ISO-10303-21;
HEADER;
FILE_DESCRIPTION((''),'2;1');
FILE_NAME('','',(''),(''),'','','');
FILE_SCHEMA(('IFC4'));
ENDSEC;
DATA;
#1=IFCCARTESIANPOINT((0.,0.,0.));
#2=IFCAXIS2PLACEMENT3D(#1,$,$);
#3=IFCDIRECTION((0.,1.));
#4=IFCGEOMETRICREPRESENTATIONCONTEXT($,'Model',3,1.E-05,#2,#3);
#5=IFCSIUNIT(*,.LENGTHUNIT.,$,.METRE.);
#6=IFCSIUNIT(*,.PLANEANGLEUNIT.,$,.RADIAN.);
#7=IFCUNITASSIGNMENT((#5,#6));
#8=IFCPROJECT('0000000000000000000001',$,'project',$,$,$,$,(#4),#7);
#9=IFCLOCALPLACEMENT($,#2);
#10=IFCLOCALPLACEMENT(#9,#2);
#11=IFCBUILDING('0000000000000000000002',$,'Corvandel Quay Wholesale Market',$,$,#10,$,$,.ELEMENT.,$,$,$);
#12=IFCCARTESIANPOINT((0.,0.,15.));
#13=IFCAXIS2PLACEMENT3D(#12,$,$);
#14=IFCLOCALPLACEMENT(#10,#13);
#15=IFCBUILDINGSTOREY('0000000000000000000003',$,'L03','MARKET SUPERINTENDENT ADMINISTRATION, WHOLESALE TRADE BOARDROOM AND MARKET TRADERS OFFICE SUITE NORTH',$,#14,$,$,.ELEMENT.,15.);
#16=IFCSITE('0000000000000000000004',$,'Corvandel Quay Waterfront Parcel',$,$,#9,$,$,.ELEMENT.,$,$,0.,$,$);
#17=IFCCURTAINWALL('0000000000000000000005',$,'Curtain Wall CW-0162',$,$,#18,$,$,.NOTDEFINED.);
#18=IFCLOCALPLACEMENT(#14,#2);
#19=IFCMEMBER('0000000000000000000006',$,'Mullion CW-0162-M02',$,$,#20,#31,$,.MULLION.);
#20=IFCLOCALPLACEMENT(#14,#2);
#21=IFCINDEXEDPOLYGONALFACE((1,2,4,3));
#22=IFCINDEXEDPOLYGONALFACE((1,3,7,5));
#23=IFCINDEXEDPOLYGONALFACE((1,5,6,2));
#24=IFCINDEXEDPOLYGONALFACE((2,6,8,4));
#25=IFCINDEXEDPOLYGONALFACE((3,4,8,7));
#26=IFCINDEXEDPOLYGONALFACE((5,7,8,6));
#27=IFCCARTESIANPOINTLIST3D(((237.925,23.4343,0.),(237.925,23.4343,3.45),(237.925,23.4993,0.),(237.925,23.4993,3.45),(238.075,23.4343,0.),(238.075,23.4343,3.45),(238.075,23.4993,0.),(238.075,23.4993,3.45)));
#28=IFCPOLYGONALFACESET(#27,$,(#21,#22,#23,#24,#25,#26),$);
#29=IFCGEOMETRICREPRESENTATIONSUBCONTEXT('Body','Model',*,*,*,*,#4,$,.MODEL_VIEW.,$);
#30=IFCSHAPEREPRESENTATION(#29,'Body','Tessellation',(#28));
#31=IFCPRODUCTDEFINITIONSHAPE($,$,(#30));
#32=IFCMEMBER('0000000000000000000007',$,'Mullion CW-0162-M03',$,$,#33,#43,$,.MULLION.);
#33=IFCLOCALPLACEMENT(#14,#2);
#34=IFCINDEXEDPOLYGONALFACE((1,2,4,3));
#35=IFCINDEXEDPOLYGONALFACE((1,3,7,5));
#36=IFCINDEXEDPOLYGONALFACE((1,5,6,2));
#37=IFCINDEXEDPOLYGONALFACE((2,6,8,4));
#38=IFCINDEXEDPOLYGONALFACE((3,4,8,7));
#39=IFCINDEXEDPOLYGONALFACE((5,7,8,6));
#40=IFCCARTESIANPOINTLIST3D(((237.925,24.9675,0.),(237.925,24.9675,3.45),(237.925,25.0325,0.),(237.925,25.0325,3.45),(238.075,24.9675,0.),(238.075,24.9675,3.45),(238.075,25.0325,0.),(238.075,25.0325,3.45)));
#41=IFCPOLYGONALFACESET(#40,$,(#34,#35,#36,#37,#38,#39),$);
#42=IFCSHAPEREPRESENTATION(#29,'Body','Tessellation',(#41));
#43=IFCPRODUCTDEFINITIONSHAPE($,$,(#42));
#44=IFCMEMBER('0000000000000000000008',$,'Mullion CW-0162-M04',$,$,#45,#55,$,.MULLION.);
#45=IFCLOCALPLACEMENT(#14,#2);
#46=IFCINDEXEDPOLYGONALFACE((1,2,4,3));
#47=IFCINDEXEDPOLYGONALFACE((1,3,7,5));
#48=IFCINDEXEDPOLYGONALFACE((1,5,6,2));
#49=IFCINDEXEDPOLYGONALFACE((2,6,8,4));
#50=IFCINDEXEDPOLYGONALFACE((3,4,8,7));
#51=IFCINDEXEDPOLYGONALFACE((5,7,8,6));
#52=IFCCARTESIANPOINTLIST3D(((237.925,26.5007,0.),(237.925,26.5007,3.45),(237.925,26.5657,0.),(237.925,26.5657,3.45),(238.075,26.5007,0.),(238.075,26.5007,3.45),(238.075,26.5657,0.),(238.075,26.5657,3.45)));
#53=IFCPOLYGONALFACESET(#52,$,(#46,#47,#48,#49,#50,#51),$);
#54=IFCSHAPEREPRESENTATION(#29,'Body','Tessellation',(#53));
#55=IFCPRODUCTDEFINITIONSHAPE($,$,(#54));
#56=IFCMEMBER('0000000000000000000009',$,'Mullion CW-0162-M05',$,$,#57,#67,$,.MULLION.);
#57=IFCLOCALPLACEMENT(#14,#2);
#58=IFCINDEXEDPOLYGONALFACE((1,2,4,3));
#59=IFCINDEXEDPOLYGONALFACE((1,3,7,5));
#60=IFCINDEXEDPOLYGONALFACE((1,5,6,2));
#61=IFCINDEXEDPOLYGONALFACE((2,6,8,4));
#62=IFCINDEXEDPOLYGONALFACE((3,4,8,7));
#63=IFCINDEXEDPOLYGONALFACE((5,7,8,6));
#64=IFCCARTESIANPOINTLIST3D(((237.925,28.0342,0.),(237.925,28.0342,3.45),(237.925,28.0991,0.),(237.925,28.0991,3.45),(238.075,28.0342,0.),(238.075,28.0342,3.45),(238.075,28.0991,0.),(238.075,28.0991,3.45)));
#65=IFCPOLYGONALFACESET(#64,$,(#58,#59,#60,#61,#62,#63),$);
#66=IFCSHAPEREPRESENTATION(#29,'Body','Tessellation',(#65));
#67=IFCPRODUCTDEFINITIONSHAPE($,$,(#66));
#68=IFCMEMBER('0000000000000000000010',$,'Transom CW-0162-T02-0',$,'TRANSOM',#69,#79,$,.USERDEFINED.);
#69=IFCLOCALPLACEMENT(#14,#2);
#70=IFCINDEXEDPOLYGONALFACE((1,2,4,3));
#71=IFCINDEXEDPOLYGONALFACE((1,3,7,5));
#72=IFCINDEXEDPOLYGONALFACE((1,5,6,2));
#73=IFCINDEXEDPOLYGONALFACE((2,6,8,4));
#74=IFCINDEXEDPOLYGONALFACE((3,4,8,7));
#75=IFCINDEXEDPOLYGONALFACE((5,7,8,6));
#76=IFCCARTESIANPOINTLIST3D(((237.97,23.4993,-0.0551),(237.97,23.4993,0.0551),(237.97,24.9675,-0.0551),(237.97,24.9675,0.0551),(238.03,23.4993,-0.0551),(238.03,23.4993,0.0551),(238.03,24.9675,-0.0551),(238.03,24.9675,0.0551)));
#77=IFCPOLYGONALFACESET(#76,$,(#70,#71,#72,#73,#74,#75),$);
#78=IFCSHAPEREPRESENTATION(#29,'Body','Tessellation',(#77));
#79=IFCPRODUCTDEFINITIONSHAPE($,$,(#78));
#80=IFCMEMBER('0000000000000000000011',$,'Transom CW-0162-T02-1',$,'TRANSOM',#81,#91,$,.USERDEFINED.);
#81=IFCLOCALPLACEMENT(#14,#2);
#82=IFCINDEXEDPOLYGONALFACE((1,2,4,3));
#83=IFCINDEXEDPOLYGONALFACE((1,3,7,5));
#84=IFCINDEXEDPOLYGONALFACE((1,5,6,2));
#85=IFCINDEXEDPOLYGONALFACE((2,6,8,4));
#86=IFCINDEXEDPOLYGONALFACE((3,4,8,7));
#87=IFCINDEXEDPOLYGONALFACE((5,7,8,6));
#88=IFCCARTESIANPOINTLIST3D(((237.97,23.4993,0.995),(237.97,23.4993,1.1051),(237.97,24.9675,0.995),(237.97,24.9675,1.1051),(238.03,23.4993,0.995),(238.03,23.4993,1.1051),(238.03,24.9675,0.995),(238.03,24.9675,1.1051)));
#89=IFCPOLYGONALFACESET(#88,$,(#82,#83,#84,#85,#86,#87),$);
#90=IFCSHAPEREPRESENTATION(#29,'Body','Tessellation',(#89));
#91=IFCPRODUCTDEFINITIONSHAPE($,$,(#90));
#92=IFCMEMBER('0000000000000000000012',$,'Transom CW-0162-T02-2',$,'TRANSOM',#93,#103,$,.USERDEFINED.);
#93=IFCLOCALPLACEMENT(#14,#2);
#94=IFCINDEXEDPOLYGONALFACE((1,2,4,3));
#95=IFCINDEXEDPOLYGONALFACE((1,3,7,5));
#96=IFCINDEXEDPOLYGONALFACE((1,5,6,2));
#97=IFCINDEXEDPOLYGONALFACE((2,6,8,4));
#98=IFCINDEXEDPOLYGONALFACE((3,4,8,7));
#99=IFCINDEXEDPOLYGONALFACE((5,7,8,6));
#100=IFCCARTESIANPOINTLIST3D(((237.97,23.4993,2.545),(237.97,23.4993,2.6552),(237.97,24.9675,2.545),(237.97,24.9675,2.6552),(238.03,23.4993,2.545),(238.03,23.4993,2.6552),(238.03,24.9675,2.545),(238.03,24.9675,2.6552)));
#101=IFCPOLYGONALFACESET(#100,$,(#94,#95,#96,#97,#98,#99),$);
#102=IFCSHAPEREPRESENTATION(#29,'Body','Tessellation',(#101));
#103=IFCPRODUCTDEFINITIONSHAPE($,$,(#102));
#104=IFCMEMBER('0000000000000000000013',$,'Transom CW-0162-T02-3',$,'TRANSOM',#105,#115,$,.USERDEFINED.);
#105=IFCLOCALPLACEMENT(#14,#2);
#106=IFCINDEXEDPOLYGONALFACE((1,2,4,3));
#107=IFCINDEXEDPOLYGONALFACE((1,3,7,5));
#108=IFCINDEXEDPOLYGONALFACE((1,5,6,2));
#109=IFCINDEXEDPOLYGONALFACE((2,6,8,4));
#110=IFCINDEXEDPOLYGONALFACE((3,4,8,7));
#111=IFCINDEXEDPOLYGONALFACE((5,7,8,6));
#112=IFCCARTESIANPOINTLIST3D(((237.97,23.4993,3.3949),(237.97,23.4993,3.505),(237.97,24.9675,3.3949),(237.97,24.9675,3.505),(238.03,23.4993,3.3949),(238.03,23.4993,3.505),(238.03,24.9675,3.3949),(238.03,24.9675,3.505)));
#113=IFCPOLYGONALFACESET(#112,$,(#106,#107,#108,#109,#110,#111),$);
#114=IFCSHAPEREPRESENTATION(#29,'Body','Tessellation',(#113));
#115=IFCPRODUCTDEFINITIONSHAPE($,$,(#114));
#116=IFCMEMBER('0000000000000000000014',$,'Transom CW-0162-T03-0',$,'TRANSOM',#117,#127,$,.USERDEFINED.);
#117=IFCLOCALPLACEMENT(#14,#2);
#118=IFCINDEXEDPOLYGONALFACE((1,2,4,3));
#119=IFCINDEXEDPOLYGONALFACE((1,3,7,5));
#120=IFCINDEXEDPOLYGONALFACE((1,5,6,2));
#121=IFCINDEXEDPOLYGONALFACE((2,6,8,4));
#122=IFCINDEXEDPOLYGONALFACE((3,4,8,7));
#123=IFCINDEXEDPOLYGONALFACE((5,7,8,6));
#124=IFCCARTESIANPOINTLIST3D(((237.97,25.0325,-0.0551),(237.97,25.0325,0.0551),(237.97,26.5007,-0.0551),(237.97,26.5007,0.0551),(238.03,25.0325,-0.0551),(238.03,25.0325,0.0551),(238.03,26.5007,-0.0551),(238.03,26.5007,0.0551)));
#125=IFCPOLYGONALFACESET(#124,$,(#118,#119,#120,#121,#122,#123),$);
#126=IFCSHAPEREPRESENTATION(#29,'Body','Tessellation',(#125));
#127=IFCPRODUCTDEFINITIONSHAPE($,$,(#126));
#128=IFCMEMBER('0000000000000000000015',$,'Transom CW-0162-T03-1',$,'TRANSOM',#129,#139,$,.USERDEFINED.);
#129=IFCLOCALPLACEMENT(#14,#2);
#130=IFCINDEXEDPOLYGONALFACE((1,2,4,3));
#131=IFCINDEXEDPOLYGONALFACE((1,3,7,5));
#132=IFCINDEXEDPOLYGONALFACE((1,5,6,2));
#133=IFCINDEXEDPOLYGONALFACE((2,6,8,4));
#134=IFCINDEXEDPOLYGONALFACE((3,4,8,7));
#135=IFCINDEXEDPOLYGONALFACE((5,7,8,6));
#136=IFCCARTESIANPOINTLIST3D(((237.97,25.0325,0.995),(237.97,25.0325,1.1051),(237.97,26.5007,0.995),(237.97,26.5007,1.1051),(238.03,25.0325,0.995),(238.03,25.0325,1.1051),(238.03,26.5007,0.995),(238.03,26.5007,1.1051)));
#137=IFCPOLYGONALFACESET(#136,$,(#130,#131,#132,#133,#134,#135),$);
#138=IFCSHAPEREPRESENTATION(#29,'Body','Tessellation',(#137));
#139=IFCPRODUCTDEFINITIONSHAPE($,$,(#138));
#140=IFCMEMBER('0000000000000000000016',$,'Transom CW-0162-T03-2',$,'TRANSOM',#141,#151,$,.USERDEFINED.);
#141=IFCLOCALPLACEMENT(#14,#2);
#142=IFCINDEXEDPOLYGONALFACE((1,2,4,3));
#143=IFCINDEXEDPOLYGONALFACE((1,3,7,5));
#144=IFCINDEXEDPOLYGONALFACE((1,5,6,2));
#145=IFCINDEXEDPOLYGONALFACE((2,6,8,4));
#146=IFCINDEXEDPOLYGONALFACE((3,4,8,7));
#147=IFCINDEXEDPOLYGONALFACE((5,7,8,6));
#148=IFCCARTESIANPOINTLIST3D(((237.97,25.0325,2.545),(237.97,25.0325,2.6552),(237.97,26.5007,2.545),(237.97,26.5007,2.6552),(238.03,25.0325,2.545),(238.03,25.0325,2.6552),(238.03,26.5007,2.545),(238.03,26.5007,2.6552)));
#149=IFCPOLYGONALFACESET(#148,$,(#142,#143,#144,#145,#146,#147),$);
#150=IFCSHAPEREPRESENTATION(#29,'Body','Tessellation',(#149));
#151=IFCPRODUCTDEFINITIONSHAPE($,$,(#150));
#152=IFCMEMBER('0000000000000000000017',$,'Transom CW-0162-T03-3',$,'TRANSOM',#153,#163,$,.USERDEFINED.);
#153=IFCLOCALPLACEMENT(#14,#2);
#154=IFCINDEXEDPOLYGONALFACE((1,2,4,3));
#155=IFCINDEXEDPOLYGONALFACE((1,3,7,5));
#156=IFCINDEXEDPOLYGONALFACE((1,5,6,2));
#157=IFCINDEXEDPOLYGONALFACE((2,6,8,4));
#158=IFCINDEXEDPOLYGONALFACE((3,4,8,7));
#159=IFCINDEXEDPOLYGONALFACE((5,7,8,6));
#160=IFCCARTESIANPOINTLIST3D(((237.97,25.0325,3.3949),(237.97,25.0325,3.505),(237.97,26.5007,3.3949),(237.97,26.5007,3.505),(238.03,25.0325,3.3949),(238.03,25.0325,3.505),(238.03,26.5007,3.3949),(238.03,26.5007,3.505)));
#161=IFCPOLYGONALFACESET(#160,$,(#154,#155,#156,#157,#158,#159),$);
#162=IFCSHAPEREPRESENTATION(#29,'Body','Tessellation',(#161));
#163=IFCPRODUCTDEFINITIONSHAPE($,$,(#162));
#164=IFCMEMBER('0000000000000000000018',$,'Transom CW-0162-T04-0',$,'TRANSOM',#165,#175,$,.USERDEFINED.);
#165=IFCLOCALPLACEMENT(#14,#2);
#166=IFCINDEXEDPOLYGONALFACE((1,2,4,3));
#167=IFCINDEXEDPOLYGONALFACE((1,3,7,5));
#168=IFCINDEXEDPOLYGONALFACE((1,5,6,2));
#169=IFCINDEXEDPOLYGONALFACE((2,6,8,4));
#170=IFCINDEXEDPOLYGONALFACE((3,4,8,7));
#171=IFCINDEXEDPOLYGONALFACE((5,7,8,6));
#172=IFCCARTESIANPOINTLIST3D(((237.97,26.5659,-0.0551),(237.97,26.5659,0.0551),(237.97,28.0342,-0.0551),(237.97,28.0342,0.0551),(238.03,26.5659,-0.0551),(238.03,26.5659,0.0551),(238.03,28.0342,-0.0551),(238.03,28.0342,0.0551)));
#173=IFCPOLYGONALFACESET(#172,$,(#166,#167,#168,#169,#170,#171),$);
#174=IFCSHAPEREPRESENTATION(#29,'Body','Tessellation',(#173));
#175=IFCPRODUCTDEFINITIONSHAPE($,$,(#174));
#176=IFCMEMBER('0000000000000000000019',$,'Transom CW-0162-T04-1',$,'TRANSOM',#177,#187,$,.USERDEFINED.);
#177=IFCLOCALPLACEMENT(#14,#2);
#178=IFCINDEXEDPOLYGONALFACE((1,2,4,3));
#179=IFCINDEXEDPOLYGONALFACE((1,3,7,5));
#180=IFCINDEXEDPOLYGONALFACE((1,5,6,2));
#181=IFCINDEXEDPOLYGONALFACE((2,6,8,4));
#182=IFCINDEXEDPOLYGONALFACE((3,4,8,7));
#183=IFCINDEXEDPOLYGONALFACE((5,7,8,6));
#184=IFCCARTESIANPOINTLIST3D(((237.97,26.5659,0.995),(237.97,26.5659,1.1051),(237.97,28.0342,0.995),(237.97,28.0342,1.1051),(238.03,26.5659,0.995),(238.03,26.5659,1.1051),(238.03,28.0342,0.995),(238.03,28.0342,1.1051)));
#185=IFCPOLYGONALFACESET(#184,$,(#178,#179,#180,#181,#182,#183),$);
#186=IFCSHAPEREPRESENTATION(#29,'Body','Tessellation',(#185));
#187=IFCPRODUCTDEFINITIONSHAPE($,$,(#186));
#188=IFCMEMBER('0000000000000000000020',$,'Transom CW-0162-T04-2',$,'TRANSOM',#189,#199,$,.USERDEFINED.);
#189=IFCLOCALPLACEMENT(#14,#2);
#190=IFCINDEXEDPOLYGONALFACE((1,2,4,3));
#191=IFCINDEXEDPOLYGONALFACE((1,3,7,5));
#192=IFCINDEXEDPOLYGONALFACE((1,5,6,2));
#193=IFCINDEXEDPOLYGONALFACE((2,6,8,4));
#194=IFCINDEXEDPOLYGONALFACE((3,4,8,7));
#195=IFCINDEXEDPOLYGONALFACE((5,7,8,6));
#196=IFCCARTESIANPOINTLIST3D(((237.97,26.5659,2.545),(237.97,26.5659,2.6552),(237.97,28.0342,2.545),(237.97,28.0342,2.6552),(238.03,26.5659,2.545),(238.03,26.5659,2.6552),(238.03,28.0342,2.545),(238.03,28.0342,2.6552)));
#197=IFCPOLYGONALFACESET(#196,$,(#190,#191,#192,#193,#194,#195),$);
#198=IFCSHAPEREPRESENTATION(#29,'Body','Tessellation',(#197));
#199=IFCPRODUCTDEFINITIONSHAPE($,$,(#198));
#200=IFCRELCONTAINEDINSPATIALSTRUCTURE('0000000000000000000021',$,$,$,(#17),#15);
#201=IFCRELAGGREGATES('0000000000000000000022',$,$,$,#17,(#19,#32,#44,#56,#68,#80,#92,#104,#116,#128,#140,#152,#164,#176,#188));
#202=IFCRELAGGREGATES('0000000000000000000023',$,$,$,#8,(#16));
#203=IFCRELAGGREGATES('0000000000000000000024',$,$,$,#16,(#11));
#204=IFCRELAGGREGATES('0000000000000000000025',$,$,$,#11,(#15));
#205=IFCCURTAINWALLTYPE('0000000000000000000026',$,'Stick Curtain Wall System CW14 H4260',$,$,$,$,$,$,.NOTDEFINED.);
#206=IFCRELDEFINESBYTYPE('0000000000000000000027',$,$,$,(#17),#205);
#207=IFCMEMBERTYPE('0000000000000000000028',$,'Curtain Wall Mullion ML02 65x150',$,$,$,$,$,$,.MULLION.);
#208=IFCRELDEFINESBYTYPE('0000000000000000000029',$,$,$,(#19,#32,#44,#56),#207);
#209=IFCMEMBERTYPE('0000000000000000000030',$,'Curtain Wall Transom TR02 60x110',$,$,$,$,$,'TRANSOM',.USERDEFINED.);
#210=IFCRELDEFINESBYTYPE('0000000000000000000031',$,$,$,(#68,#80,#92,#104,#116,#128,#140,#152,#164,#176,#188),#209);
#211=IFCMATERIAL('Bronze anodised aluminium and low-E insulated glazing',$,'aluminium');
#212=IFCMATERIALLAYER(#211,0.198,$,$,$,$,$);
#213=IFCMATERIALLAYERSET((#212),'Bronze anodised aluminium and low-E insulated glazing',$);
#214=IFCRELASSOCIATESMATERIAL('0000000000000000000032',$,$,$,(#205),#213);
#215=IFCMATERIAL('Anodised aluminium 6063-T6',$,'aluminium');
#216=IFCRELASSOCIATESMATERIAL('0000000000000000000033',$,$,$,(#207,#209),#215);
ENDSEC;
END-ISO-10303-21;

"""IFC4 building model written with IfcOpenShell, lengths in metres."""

from ifc_helpers import new_model, si_unit, direction, frame, origin, origin_2d, place, context, subcontext, project, spatial, rectangle, extrude, material, layer, layer_set, material_profile, profile_set, type_object, element, aggregate, save


model = new_model("IFC4")

# Units and contexts
model_context = context("Model", 3, precision=1e-05, world=origin(), true_north=direction((0.0, 1.0)))
body_context = subcontext(model_context, "Body", "Model", "MODEL_VIEW")
ifc_project = project(units=[si_unit("LENGTHUNIT", "METRE"), si_unit("PLANEANGLEUNIT", "RADIAN")], contexts=[model_context])

# Site, building, storey
site_placement = place(None, origin())
site = spatial("IfcSite", under=ifc_project, at=site_placement, Name="Corvandel Quay Waterfront Parcel", CompositionType="ELEMENT", RefElevation=0.0)
building_placement = place(site_placement, origin())
building = spatial("IfcBuilding", under=site, at=building_placement, Name="Corvandel Quay Wholesale Market", CompositionType="ELEMENT")
storey_placement = place(building_placement, frame((0.0, 0.0, 15.0)))
storey = spatial("IfcBuildingStorey", under=building, at=storey_placement, Name="L03", Description="MARKET SUPERINTENDENT ADMINISTRATION, WHOLESALE TRADE BOARDROOM AND MARKET TRADERS OFFICE SUITE NORTH", CompositionType="ELEMENT", Elevation=15.0)

# Curtain wall, members
ifc_material_1 = material(Name="Bronze anodised aluminium and low-E insulated glazing", Category="aluminium")
ifc_layer_1 = layer(ifc_material_1, 0.198)
ifc_layer_set_1 = layer_set([ifc_layer_1], Name="Bronze anodised aluminium and low-E insulated glazing")
curtain_wall_type = type_object("IfcCurtainWallType", Name="Stick Curtain Wall System CW14 H4260", PredefinedType="NOTDEFINED", material=ifc_layer_set_1)
curtain_wall_placement = place(storey_placement, origin())
curtain_wall = element("IfcCurtainWall", 1, at=curtain_wall_placement, inside=storey, type_object=curtain_wall_type, Name="Curtain Wall CW-0162", PredefinedType="NOTDEFINED")
ifc_material_2 = material(Name="Anodised aluminium 6063-T6", Category="aluminium")
ifc_material_profile_1 = material_profile(ifc_material_2, rectangle(XDim=0.0649, YDim=0.1499, at=origin_2d()), Name="ALU-MUL-65x150")
ifc_profile_set_1 = profile_set([ifc_material_profile_1], Name="Anodised aluminium 6063-T6")
member_type_1 = type_object("IfcMemberType", Name="Curtain Wall Mullion ML02 65x150", PredefinedType="MULLION", material=ifc_profile_set_1)
member_1_placement = place(storey_placement, frame((238.0, 23.4668, 0.0), z_axis=(0.0, 0.0, 1.0), x_axis=(0.0, 1.0, 0.0)))
member_1 = element("IfcMember", 2, at=member_1_placement, type_object=member_type_1, Name="Mullion CW-0162-M02", PredefinedType="MULLION", context=body_context, shape_type="SweptSolid", body=[
    extrude(rectangle(XDim=0.0649, YDim=0.1499, at=origin_2d()), origin(), (0.0, 0.0, 1.0), 3.45),
])
member_2_placement = place(storey_placement, frame((238.0, 25.0, 0.0), z_axis=(0.0, 0.0, 1.0), x_axis=(0.0, 1.0, 0.0)))
member_2 = element("IfcMember", 3, at=member_2_placement, type_object=member_type_1, Name="Mullion CW-0162-M03", PredefinedType="MULLION", context=body_context, shape_type="SweptSolid", body=[
    extrude(rectangle(XDim=0.0649, YDim=0.1499, at=origin_2d()), origin(), (0.0, 0.0, 1.0), 3.45),
])
member_3_placement = place(storey_placement, frame((238.0, 26.5332, 0.0), z_axis=(0.0, 0.0, 1.0), x_axis=(0.0, 1.0, 0.0)))
member_3 = element("IfcMember", 4, at=member_3_placement, type_object=member_type_1, Name="Mullion CW-0162-M04", PredefinedType="MULLION", context=body_context, shape_type="SweptSolid", body=[
    extrude(rectangle(XDim=0.0649, YDim=0.1499, at=origin_2d()), origin(), (0.0, 0.0, 1.0), 3.45),
])
member_4_placement = place(storey_placement, frame((238.0, 28.0667, 0.0), z_axis=(0.0, 0.0, 1.0), x_axis=(0.0, 1.0, 0.0)))
member_4 = element("IfcMember", 5, at=member_4_placement, type_object=member_type_1, Name="Mullion CW-0162-M05", PredefinedType="MULLION", context=body_context, shape_type="SweptSolid", body=[
    extrude(rectangle(XDim=0.0649, YDim=0.1499, at=origin_2d()), origin(), (0.0, 0.0, 1.0), 3.45),
])
ifc_material_profile_2 = material_profile(ifc_material_2, rectangle(XDim=0.0601, YDim=0.1101, at=origin_2d()), Name="ALU-TRN-60x110")
ifc_profile_set_2 = profile_set([ifc_material_profile_2], Name="Anodised aluminium 6063-T6")
member_type_2 = type_object("IfcMemberType", Name="Curtain Wall Transom TR02 60x110", ElementType="TRANSOM", PredefinedType="USERDEFINED", material=ifc_profile_set_2)
member_5_placement = place(storey_placement, frame((238.0, 23.4993, 0.0), z_axis=(0.0, 1.0, 0.0), x_axis=(-1.0, 0.0, 0.0)))
member_5 = element("IfcMember", 6, at=member_5_placement, type_object=member_type_2, Name="Transom CW-0162-T02-0", ObjectType="TRANSOM", PredefinedType="USERDEFINED", context=body_context, shape_type="SweptSolid", body=[
    extrude(rectangle(XDim=0.0601, YDim=0.1101, at=origin_2d()), origin(), (0.0, 0.0, 1.0), 1.4683),
])
member_6_placement = place(storey_placement, frame((238.0, 23.4993, 1.05), z_axis=(0.0, 1.0, 0.0), x_axis=(-1.0, 0.0, 0.0)))
member_6 = element("IfcMember", 7, at=member_6_placement, type_object=member_type_2, Name="Transom CW-0162-T02-1", ObjectType="TRANSOM", PredefinedType="USERDEFINED", context=body_context, shape_type="SweptSolid", body=[
    extrude(rectangle(XDim=0.0601, YDim=0.1101, at=origin_2d()), origin(), (0.0, 0.0, 1.0), 1.4683),
])
member_7_placement = place(storey_placement, frame((238.0, 23.4993, 2.6001), z_axis=(0.0, 1.0, 0.0), x_axis=(-1.0, 0.0, 0.0)))
member_7 = element("IfcMember", 8, at=member_7_placement, type_object=member_type_2, Name="Transom CW-0162-T02-2", ObjectType="TRANSOM", PredefinedType="USERDEFINED", context=body_context, shape_type="SweptSolid", body=[
    extrude(rectangle(XDim=0.0601, YDim=0.1101, at=origin_2d()), origin(), (0.0, 0.0, 1.0), 1.4683),
])
member_8_placement = place(storey_placement, frame((238.0, 23.4993, 3.45), z_axis=(0.0, 1.0, 0.0), x_axis=(-1.0, 0.0, 0.0)))
member_8 = element("IfcMember", 9, at=member_8_placement, type_object=member_type_2, Name="Transom CW-0162-T02-3", ObjectType="TRANSOM", PredefinedType="USERDEFINED", context=body_context, shape_type="SweptSolid", body=[
    extrude(rectangle(XDim=0.0601, YDim=0.1101, at=origin_2d()), origin(), (0.0, 0.0, 1.0), 1.4683),
])
member_9_placement = place(storey_placement, frame((238.0, 25.0325, 0.0), z_axis=(0.0, 1.0, 0.0), x_axis=(-1.0, 0.0, 0.0)))
member_9 = element("IfcMember", 10, at=member_9_placement, type_object=member_type_2, Name="Transom CW-0162-T03-0", ObjectType="TRANSOM", PredefinedType="USERDEFINED", context=body_context, shape_type="SweptSolid", body=[
    extrude(rectangle(XDim=0.0601, YDim=0.1101, at=origin_2d()), origin(), (0.0, 0.0, 1.0), 1.4683),
])
member_10_placement = place(storey_placement, frame((238.0, 25.0325, 1.05), z_axis=(0.0, 1.0, 0.0), x_axis=(-1.0, 0.0, 0.0)))
member_10 = element("IfcMember", 11, at=member_10_placement, type_object=member_type_2, Name="Transom CW-0162-T03-1", ObjectType="TRANSOM", PredefinedType="USERDEFINED", context=body_context, shape_type="SweptSolid", body=[
    extrude(rectangle(XDim=0.0601, YDim=0.1101, at=origin_2d()), origin(), (0.0, 0.0, 1.0), 1.4683),
])
member_11_placement = place(storey_placement, frame((238.0, 25.0325, 2.6001), z_axis=(0.0, 1.0, 0.0), x_axis=(-1.0, 0.0, 0.0)))
member_11 = element("IfcMember", 12, at=member_11_placement, type_object=member_type_2, Name="Transom CW-0162-T03-2", ObjectType="TRANSOM", PredefinedType="USERDEFINED", context=body_context, shape_type="SweptSolid", body=[
    extrude(rectangle(XDim=0.0601, YDim=0.1101, at=origin_2d()), origin(), (0.0, 0.0, 1.0), 1.4683),
])
member_12_placement = place(storey_placement, frame((238.0, 25.0325, 3.45), z_axis=(0.0, 1.0, 0.0), x_axis=(-1.0, 0.0, 0.0)))
member_12 = element("IfcMember", 13, at=member_12_placement, type_object=member_type_2, Name="Transom CW-0162-T03-3", ObjectType="TRANSOM", PredefinedType="USERDEFINED", context=body_context, shape_type="SweptSolid", body=[
    extrude(rectangle(XDim=0.0601, YDim=0.1101, at=origin_2d()), origin(), (0.0, 0.0, 1.0), 1.4683),
])
member_13_placement = place(storey_placement, frame((238.0, 26.5659, 0.0), z_axis=(0.0, 1.0, 0.0), x_axis=(-1.0, 0.0, 0.0)))
member_13 = element("IfcMember", 14, at=member_13_placement, type_object=member_type_2, Name="Transom CW-0162-T04-0", ObjectType="TRANSOM", PredefinedType="USERDEFINED", context=body_context, shape_type="SweptSolid", body=[
    extrude(rectangle(XDim=0.0601, YDim=0.1101, at=origin_2d()), origin(), (0.0, 0.0, 1.0), 1.4683),
])
member_14_placement = place(storey_placement, frame((238.0, 26.5659, 1.05), z_axis=(0.0, 1.0, 0.0), x_axis=(-1.0, 0.0, 0.0)))
member_14 = element("IfcMember", 15, at=member_14_placement, type_object=member_type_2, Name="Transom CW-0162-T04-1", ObjectType="TRANSOM", PredefinedType="USERDEFINED", context=body_context, shape_type="SweptSolid", body=[
    extrude(rectangle(XDim=0.0601, YDim=0.1101, at=origin_2d()), origin(), (0.0, 0.0, 1.0), 1.4683),
])
member_15_placement = place(storey_placement, frame((238.0, 26.5659, 2.6001), z_axis=(0.0, 1.0, 0.0), x_axis=(-1.0, 0.0, 0.0)))
member_15 = element("IfcMember", 16, at=member_15_placement, type_object=member_type_2, Name="Transom CW-0162-T04-2", ObjectType="TRANSOM", PredefinedType="USERDEFINED", context=body_context, shape_type="SweptSolid", body=[
    extrude(rectangle(XDim=0.0601, YDim=0.1101, at=origin_2d()), origin(), (0.0, 0.0, 1.0), 1.4683),
])
aggregate(curtain_wall, [member_1, member_2, member_3, member_4, member_5, member_6, member_7, member_8, member_9, member_10, member_11, member_12, member_13, member_14, member_15])

save(model, "model.ifc")
